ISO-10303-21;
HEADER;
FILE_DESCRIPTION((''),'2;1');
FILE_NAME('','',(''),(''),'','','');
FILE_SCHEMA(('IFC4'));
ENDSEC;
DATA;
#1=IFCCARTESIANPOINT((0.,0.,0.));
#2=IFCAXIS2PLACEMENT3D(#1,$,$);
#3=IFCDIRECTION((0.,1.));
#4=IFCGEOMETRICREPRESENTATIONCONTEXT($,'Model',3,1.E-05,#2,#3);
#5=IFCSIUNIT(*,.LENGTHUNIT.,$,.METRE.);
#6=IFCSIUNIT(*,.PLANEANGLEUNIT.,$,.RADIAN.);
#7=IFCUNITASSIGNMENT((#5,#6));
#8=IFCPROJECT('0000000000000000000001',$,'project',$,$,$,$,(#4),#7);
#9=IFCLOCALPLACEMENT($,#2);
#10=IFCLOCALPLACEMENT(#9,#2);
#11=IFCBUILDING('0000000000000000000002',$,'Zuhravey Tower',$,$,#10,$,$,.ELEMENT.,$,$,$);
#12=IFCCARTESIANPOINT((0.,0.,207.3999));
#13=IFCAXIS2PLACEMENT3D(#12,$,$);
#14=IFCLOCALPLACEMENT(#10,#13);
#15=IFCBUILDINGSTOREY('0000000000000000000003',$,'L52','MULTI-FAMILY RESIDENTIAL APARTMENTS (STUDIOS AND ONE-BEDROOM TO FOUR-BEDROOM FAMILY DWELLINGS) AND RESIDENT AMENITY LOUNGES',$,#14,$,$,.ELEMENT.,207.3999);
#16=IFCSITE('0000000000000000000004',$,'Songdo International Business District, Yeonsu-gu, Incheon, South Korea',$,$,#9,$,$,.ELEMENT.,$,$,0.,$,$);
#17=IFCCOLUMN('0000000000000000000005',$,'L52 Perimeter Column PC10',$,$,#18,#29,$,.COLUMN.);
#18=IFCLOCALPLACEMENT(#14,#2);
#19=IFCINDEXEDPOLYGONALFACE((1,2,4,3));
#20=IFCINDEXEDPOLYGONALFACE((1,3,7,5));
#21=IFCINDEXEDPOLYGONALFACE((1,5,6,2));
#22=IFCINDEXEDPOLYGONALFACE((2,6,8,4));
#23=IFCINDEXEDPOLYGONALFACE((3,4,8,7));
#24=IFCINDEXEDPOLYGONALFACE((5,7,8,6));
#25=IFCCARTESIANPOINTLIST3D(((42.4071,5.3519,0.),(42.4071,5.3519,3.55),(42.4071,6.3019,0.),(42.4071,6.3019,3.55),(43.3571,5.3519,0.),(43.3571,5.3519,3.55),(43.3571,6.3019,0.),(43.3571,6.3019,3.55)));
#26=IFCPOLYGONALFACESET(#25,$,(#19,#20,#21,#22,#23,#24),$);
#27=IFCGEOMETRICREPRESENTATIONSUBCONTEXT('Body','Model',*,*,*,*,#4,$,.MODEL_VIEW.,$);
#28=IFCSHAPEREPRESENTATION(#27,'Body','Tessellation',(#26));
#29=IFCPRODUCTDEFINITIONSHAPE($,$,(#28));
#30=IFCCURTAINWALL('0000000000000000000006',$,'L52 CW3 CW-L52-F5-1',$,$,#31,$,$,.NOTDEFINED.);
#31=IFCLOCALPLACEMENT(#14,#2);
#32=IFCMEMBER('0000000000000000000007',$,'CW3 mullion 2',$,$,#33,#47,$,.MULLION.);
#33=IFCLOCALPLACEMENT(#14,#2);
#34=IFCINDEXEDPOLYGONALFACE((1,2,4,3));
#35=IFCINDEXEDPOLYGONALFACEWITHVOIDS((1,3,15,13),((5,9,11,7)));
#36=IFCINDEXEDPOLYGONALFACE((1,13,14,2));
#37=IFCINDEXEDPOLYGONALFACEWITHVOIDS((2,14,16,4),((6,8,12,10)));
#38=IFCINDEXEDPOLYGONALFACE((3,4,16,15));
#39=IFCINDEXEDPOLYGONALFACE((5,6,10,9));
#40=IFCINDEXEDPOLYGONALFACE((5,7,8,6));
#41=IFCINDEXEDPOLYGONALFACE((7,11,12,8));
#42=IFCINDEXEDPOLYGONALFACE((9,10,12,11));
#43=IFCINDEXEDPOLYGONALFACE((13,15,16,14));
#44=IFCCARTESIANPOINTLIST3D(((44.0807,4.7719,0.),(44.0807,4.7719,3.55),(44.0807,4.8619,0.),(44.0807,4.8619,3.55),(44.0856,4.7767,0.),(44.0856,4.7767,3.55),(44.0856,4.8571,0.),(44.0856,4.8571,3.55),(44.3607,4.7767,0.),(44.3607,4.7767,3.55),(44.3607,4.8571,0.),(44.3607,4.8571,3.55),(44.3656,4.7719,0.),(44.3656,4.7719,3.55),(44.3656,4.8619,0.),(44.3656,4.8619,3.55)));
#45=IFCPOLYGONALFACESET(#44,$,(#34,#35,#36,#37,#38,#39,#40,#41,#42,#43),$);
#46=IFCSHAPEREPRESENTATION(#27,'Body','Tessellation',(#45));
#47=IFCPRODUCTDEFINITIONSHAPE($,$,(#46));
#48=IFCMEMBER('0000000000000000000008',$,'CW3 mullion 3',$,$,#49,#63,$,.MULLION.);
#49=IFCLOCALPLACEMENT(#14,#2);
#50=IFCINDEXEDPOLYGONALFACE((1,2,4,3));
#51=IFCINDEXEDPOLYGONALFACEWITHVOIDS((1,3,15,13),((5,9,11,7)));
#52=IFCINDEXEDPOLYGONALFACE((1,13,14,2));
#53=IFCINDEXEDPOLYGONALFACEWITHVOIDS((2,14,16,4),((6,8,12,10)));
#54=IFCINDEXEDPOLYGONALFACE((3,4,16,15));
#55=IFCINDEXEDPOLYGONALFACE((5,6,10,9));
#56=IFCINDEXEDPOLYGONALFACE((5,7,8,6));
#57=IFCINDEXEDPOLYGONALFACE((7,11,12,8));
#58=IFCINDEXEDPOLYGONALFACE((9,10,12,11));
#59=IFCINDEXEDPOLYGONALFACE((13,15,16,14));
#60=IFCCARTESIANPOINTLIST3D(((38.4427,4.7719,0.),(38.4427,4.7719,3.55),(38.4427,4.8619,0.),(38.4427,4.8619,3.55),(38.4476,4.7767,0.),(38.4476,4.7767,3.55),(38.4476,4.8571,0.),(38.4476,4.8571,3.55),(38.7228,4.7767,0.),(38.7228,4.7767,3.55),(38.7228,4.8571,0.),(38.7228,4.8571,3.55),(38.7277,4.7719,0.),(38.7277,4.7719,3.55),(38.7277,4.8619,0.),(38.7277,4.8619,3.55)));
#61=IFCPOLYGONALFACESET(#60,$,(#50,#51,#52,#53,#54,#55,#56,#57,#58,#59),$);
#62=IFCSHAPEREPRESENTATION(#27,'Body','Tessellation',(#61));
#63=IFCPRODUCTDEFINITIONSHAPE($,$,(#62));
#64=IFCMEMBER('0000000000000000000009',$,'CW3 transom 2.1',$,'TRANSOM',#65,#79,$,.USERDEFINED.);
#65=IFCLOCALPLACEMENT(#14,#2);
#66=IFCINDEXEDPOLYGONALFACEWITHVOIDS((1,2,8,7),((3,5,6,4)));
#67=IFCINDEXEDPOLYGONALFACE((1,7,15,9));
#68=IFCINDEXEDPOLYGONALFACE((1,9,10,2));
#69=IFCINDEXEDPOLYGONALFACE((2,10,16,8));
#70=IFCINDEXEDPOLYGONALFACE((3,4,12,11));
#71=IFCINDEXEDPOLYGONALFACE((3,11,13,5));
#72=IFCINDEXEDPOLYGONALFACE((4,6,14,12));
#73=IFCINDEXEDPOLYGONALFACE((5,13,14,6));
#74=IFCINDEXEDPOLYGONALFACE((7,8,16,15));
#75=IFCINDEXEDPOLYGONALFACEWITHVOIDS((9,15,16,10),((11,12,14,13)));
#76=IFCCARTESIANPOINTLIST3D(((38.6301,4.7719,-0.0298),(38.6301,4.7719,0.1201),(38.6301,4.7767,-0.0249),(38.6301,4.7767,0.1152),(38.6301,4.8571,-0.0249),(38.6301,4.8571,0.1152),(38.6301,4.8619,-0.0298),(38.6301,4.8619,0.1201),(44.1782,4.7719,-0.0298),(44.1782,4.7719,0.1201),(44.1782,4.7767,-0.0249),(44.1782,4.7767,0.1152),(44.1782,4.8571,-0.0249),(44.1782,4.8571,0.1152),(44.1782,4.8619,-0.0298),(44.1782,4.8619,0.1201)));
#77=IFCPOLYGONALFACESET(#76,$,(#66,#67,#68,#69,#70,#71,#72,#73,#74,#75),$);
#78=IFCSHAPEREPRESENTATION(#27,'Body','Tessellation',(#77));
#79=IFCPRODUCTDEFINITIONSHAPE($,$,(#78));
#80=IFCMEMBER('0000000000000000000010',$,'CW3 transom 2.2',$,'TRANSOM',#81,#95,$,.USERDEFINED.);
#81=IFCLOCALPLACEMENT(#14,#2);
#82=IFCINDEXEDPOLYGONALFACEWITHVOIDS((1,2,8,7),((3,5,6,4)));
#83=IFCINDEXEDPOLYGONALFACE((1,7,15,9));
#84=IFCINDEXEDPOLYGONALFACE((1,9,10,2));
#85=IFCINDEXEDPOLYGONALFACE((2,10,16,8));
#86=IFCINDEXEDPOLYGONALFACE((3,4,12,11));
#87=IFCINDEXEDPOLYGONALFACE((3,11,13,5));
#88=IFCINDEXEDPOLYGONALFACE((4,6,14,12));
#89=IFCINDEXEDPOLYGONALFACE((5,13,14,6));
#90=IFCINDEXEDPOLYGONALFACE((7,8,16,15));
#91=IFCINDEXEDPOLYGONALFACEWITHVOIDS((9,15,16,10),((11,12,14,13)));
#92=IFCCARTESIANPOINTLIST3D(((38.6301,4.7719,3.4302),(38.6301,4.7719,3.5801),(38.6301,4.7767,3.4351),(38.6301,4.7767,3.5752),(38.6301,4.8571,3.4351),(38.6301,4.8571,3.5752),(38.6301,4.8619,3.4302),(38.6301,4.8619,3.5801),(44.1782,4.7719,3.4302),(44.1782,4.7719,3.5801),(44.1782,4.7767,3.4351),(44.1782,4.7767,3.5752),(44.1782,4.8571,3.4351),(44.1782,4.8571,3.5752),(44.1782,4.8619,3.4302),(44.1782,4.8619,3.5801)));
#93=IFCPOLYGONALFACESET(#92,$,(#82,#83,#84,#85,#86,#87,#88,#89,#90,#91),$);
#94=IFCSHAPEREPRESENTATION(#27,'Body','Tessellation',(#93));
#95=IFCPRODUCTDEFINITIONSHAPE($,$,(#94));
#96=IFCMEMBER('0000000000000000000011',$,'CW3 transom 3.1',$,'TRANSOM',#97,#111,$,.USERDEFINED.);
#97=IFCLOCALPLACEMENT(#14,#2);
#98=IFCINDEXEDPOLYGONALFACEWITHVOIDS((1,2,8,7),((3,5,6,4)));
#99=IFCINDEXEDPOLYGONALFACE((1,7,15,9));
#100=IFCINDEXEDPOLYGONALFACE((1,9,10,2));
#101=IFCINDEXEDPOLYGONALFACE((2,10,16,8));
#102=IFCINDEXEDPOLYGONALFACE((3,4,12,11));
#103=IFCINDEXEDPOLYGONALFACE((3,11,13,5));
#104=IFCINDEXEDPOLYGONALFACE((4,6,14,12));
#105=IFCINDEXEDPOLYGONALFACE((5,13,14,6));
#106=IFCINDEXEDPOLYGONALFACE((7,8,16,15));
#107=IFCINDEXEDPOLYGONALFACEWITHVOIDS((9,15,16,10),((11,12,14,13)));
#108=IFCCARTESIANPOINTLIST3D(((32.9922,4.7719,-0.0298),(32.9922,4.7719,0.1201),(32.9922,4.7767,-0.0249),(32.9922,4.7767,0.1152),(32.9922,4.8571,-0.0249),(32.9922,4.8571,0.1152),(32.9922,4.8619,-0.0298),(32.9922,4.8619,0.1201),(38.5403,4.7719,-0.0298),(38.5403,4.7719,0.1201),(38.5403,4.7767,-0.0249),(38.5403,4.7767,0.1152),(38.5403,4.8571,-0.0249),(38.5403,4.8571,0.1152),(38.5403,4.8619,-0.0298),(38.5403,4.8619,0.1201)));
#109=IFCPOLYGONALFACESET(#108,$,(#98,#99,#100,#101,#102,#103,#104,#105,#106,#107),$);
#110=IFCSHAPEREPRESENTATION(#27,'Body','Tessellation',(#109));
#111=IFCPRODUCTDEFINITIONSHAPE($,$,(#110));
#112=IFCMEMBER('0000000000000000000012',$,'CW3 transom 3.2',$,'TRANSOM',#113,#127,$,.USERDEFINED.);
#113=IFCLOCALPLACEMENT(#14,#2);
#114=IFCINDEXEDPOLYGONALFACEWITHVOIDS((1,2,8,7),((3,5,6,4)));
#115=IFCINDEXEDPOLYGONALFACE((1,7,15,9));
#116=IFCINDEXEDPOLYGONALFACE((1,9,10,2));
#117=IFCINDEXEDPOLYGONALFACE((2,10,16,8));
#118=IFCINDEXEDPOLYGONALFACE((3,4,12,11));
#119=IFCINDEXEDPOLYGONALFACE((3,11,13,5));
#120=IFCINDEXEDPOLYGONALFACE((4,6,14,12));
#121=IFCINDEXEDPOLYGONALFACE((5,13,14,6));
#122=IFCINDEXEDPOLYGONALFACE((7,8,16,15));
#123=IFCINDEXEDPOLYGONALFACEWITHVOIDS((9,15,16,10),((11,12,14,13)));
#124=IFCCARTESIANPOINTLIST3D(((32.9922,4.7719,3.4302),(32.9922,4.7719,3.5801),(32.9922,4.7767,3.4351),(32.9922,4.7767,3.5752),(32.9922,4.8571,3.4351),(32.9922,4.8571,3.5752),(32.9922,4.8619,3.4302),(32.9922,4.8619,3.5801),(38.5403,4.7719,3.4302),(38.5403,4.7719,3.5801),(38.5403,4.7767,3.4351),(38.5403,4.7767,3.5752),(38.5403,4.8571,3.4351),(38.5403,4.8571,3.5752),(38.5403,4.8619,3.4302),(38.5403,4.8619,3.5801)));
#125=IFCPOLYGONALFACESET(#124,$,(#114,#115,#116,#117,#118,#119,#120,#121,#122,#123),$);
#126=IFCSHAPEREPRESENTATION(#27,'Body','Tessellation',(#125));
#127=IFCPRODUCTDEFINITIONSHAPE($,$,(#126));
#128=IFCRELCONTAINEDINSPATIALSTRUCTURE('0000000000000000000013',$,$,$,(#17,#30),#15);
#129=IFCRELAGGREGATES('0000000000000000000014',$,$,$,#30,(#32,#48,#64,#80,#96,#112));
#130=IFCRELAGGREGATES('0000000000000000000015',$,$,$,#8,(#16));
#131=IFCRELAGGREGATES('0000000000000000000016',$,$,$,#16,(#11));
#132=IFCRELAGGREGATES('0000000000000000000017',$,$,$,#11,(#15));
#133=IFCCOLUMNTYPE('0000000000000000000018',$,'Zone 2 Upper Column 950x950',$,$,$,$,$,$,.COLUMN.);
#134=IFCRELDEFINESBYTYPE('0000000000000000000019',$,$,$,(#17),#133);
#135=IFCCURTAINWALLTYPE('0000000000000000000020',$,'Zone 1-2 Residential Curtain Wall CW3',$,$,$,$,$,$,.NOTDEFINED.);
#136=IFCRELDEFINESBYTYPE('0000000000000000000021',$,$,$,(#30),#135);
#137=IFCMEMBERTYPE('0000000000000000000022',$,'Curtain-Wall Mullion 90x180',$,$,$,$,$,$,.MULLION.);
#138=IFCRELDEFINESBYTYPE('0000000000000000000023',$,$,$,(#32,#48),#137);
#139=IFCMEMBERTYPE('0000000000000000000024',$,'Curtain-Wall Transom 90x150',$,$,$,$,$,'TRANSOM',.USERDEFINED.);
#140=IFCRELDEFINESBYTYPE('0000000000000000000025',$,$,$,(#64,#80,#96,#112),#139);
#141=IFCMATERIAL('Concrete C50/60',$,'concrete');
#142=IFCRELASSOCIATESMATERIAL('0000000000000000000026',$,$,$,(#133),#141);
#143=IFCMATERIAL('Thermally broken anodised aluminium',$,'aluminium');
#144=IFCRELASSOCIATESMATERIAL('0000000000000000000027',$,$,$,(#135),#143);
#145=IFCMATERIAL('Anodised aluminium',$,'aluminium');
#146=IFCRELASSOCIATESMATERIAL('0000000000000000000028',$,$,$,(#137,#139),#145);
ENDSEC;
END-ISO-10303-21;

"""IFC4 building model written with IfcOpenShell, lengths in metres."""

from ifc_helpers import new_model, si_unit, direction, frame, origin, origin_2d, place, context, subcontext, project, spatial, rectangle, hollow_rectangle, extrude, material, material_profile, profile_set, type_object, element, aggregate, save


model = new_model("IFC4")

# Units and contexts
model_context = context("Model", 3, precision=1e-05, world=origin(), true_north=direction((0.0, 1.0)))
body_context = subcontext(model_context, "Body", "Model", "MODEL_VIEW")
ifc_project = project(units=[si_unit("LENGTHUNIT", "METRE"), si_unit("PLANEANGLEUNIT", "RADIAN")], contexts=[model_context])

# Site, building, storey
site_placement = place(None, origin())
site = spatial("IfcSite", under=ifc_project, at=site_placement, Name="Songdo International Business District, Yeonsu-gu, Incheon, South Korea", CompositionType="ELEMENT", RefElevation=0.0)
building_placement = place(site_placement, origin())
building = spatial("IfcBuilding", under=site, at=building_placement, Name="Zuhravey Tower", CompositionType="ELEMENT")
storey_placement = place(building_placement, frame((0.0, 0.0, 207.3999)))
storey = spatial("IfcBuildingStorey", under=building, at=storey_placement, Name="L52", Description="MULTI-FAMILY RESIDENTIAL APARTMENTS (STUDIOS AND ONE-BEDROOM TO FOUR-BEDROOM FAMILY DWELLINGS) AND RESIDENT AMENITY LOUNGES", CompositionType="ELEMENT", Elevation=207.3999)

# Column
ifc_material_1 = material(Name="Concrete C50/60", Category="concrete")
ifc_material_profile_1 = material_profile(ifc_material_1, rectangle(XDim=0.95, YDim=0.95, at=origin_2d()), Name="RC-950x950")
ifc_profile_set_1 = profile_set([ifc_material_profile_1], Name="Concrete C50/60")
column_type = type_object("IfcColumnType", Name="Zone 2 Upper Column 950x950", PredefinedType="COLUMN", material=ifc_profile_set_1)
column_placement = place(storey_placement, frame((42.8821, 5.8269, 0.0), z_axis=(0.0, 0.0, 1.0), x_axis=(1.0, 0.0, 0.0)))
element("IfcColumn", 1, at=column_placement, inside=storey, type_object=column_type, Name="L52 Perimeter Column PC10", PredefinedType="COLUMN", context=body_context, shape_type="SweptSolid", body=[
    extrude(rectangle(XDim=0.95, YDim=0.95, at=origin_2d()), origin(), (0.0, 0.0, 1.0), 3.55),
])

# Curtain wall, members
ifc_material_2 = material(Name="Thermally broken anodised aluminium", Category="aluminium")
curtain_wall_type = type_object("IfcCurtainWallType", Name="Zone 1-2 Residential Curtain Wall CW3", PredefinedType="NOTDEFINED", material=ifc_material_2)
curtain_wall_placement = place(storey_placement, origin())
curtain_wall = element("IfcCurtainWall", 2, at=curtain_wall_placement, inside=storey, type_object=curtain_wall_type, Name="L52 CW3 CW-L52-F5-1", PredefinedType="NOTDEFINED")
ifc_material_3 = material(Name="Anodised aluminium", Category="aluminium")
ifc_material_profile_2 = material_profile(ifc_material_3, hollow_rectangle(XDim=0.0901, YDim=0.2849, WallThickness=0.0049, at=origin_2d()), Name="ALU-RHS-90x285x5")
ifc_profile_set_2 = profile_set([ifc_material_profile_2], Name="Anodised aluminium")
member_type_1 = type_object("IfcMemberType", Name="Curtain-Wall Mullion 90x180", PredefinedType="MULLION", material=ifc_profile_set_2)
member_1_placement = place(storey_placement, frame((44.2231, 4.8169, 0.0), z_axis=(0.0, 0.0, 1.0), x_axis=(0.0, -1.0, 0.0)))
member_1 = element("IfcMember", 3, at=member_1_placement, type_object=member_type_1, Name="CW3 mullion 2", PredefinedType="MULLION", context=body_context, shape_type="SweptSolid", body=[
    extrude(hollow_rectangle(XDim=0.0901, YDim=0.2849, WallThickness=0.0049, at=origin_2d()), origin(), (0.0, 0.0, 1.0), 3.55),
])
member_2_placement = place(storey_placement, frame((38.5852, 4.8169, 0.0), z_axis=(0.0, 0.0, 1.0), x_axis=(0.0, -1.0, 0.0)))
member_2 = element("IfcMember", 4, at=member_2_placement, type_object=member_type_1, Name="CW3 mullion 3", PredefinedType="MULLION", context=body_context, shape_type="SweptSolid", body=[
    extrude(hollow_rectangle(XDim=0.0901, YDim=0.2849, WallThickness=0.0049, at=origin_2d()), origin(), (0.0, 0.0, 1.0), 3.55),
])
ifc_material_profile_3 = material_profile(ifc_material_3, hollow_rectangle(XDim=0.0901, YDim=0.1499, WallThickness=0.0049, at=origin_2d()), Name="ALU-RHS-90x150x5")
ifc_profile_set_3 = profile_set([ifc_material_profile_3], Name="Anodised aluminium")
member_type_2 = type_object("IfcMemberType", Name="Curtain-Wall Transom 90x150", ElementType="TRANSOM", PredefinedType="USERDEFINED", material=ifc_profile_set_3)
member_3_placement = place(storey_placement, frame((44.1782, 4.8169, 0.0452), z_axis=(-1.0, 0.0, 0.0), x_axis=(0.0, -1.0, 0.0)))
member_3 = element("IfcMember", 5, at=member_3_placement, type_object=member_type_2, Name="CW3 transom 2.1", ObjectType="TRANSOM", PredefinedType="USERDEFINED", context=body_context, shape_type="SweptSolid", body=[
    extrude(hollow_rectangle(XDim=0.0901, YDim=0.1499, WallThickness=0.0049, at=origin_2d()), origin(), (0.0, 0.0, 1.0), 5.5481),
])
member_4_placement = place(storey_placement, frame((44.1782, 4.8169, 3.5051), z_axis=(-1.0, 0.0, 0.0), x_axis=(0.0, -1.0, 0.0)))
member_4 = element("IfcMember", 6, at=member_4_placement, type_object=member_type_2, Name="CW3 transom 2.2", ObjectType="TRANSOM", PredefinedType="USERDEFINED", context=body_context, shape_type="SweptSolid", body=[
    extrude(hollow_rectangle(XDim=0.0901, YDim=0.1499, WallThickness=0.0049, at=origin_2d()), origin(), (0.0, 0.0, 1.0), 5.5481),
])
member_5_placement = place(storey_placement, frame((38.5403, 4.8169, 0.0452), z_axis=(-1.0, 0.0, 0.0), x_axis=(0.0, -1.0, 0.0)))
member_5 = element("IfcMember", 7, at=member_5_placement, type_object=member_type_2, Name="CW3 transom 3.1", ObjectType="TRANSOM", PredefinedType="USERDEFINED", context=body_context, shape_type="SweptSolid", body=[
    extrude(hollow_rectangle(XDim=0.0901, YDim=0.1499, WallThickness=0.0049, at=origin_2d()), origin(), (0.0, 0.0, 1.0), 5.5481),
])
member_6_placement = place(storey_placement, frame((38.5403, 4.8169, 3.5051), z_axis=(-1.0, 0.0, 0.0), x_axis=(0.0, -1.0, 0.0)))
member_6 = element("IfcMember", 8, at=member_6_placement, type_object=member_type_2, Name="CW3 transom 3.2", ObjectType="TRANSOM", PredefinedType="USERDEFINED", context=body_context, shape_type="SweptSolid", body=[
    extrude(hollow_rectangle(XDim=0.0901, YDim=0.1499, WallThickness=0.0049, at=origin_2d()), origin(), (0.0, 0.0, 1.0), 5.5481),
])

aggregate(curtain_wall, [member_1, member_2, member_3, member_4, member_5, member_6])

save(model, "model.ifc")
